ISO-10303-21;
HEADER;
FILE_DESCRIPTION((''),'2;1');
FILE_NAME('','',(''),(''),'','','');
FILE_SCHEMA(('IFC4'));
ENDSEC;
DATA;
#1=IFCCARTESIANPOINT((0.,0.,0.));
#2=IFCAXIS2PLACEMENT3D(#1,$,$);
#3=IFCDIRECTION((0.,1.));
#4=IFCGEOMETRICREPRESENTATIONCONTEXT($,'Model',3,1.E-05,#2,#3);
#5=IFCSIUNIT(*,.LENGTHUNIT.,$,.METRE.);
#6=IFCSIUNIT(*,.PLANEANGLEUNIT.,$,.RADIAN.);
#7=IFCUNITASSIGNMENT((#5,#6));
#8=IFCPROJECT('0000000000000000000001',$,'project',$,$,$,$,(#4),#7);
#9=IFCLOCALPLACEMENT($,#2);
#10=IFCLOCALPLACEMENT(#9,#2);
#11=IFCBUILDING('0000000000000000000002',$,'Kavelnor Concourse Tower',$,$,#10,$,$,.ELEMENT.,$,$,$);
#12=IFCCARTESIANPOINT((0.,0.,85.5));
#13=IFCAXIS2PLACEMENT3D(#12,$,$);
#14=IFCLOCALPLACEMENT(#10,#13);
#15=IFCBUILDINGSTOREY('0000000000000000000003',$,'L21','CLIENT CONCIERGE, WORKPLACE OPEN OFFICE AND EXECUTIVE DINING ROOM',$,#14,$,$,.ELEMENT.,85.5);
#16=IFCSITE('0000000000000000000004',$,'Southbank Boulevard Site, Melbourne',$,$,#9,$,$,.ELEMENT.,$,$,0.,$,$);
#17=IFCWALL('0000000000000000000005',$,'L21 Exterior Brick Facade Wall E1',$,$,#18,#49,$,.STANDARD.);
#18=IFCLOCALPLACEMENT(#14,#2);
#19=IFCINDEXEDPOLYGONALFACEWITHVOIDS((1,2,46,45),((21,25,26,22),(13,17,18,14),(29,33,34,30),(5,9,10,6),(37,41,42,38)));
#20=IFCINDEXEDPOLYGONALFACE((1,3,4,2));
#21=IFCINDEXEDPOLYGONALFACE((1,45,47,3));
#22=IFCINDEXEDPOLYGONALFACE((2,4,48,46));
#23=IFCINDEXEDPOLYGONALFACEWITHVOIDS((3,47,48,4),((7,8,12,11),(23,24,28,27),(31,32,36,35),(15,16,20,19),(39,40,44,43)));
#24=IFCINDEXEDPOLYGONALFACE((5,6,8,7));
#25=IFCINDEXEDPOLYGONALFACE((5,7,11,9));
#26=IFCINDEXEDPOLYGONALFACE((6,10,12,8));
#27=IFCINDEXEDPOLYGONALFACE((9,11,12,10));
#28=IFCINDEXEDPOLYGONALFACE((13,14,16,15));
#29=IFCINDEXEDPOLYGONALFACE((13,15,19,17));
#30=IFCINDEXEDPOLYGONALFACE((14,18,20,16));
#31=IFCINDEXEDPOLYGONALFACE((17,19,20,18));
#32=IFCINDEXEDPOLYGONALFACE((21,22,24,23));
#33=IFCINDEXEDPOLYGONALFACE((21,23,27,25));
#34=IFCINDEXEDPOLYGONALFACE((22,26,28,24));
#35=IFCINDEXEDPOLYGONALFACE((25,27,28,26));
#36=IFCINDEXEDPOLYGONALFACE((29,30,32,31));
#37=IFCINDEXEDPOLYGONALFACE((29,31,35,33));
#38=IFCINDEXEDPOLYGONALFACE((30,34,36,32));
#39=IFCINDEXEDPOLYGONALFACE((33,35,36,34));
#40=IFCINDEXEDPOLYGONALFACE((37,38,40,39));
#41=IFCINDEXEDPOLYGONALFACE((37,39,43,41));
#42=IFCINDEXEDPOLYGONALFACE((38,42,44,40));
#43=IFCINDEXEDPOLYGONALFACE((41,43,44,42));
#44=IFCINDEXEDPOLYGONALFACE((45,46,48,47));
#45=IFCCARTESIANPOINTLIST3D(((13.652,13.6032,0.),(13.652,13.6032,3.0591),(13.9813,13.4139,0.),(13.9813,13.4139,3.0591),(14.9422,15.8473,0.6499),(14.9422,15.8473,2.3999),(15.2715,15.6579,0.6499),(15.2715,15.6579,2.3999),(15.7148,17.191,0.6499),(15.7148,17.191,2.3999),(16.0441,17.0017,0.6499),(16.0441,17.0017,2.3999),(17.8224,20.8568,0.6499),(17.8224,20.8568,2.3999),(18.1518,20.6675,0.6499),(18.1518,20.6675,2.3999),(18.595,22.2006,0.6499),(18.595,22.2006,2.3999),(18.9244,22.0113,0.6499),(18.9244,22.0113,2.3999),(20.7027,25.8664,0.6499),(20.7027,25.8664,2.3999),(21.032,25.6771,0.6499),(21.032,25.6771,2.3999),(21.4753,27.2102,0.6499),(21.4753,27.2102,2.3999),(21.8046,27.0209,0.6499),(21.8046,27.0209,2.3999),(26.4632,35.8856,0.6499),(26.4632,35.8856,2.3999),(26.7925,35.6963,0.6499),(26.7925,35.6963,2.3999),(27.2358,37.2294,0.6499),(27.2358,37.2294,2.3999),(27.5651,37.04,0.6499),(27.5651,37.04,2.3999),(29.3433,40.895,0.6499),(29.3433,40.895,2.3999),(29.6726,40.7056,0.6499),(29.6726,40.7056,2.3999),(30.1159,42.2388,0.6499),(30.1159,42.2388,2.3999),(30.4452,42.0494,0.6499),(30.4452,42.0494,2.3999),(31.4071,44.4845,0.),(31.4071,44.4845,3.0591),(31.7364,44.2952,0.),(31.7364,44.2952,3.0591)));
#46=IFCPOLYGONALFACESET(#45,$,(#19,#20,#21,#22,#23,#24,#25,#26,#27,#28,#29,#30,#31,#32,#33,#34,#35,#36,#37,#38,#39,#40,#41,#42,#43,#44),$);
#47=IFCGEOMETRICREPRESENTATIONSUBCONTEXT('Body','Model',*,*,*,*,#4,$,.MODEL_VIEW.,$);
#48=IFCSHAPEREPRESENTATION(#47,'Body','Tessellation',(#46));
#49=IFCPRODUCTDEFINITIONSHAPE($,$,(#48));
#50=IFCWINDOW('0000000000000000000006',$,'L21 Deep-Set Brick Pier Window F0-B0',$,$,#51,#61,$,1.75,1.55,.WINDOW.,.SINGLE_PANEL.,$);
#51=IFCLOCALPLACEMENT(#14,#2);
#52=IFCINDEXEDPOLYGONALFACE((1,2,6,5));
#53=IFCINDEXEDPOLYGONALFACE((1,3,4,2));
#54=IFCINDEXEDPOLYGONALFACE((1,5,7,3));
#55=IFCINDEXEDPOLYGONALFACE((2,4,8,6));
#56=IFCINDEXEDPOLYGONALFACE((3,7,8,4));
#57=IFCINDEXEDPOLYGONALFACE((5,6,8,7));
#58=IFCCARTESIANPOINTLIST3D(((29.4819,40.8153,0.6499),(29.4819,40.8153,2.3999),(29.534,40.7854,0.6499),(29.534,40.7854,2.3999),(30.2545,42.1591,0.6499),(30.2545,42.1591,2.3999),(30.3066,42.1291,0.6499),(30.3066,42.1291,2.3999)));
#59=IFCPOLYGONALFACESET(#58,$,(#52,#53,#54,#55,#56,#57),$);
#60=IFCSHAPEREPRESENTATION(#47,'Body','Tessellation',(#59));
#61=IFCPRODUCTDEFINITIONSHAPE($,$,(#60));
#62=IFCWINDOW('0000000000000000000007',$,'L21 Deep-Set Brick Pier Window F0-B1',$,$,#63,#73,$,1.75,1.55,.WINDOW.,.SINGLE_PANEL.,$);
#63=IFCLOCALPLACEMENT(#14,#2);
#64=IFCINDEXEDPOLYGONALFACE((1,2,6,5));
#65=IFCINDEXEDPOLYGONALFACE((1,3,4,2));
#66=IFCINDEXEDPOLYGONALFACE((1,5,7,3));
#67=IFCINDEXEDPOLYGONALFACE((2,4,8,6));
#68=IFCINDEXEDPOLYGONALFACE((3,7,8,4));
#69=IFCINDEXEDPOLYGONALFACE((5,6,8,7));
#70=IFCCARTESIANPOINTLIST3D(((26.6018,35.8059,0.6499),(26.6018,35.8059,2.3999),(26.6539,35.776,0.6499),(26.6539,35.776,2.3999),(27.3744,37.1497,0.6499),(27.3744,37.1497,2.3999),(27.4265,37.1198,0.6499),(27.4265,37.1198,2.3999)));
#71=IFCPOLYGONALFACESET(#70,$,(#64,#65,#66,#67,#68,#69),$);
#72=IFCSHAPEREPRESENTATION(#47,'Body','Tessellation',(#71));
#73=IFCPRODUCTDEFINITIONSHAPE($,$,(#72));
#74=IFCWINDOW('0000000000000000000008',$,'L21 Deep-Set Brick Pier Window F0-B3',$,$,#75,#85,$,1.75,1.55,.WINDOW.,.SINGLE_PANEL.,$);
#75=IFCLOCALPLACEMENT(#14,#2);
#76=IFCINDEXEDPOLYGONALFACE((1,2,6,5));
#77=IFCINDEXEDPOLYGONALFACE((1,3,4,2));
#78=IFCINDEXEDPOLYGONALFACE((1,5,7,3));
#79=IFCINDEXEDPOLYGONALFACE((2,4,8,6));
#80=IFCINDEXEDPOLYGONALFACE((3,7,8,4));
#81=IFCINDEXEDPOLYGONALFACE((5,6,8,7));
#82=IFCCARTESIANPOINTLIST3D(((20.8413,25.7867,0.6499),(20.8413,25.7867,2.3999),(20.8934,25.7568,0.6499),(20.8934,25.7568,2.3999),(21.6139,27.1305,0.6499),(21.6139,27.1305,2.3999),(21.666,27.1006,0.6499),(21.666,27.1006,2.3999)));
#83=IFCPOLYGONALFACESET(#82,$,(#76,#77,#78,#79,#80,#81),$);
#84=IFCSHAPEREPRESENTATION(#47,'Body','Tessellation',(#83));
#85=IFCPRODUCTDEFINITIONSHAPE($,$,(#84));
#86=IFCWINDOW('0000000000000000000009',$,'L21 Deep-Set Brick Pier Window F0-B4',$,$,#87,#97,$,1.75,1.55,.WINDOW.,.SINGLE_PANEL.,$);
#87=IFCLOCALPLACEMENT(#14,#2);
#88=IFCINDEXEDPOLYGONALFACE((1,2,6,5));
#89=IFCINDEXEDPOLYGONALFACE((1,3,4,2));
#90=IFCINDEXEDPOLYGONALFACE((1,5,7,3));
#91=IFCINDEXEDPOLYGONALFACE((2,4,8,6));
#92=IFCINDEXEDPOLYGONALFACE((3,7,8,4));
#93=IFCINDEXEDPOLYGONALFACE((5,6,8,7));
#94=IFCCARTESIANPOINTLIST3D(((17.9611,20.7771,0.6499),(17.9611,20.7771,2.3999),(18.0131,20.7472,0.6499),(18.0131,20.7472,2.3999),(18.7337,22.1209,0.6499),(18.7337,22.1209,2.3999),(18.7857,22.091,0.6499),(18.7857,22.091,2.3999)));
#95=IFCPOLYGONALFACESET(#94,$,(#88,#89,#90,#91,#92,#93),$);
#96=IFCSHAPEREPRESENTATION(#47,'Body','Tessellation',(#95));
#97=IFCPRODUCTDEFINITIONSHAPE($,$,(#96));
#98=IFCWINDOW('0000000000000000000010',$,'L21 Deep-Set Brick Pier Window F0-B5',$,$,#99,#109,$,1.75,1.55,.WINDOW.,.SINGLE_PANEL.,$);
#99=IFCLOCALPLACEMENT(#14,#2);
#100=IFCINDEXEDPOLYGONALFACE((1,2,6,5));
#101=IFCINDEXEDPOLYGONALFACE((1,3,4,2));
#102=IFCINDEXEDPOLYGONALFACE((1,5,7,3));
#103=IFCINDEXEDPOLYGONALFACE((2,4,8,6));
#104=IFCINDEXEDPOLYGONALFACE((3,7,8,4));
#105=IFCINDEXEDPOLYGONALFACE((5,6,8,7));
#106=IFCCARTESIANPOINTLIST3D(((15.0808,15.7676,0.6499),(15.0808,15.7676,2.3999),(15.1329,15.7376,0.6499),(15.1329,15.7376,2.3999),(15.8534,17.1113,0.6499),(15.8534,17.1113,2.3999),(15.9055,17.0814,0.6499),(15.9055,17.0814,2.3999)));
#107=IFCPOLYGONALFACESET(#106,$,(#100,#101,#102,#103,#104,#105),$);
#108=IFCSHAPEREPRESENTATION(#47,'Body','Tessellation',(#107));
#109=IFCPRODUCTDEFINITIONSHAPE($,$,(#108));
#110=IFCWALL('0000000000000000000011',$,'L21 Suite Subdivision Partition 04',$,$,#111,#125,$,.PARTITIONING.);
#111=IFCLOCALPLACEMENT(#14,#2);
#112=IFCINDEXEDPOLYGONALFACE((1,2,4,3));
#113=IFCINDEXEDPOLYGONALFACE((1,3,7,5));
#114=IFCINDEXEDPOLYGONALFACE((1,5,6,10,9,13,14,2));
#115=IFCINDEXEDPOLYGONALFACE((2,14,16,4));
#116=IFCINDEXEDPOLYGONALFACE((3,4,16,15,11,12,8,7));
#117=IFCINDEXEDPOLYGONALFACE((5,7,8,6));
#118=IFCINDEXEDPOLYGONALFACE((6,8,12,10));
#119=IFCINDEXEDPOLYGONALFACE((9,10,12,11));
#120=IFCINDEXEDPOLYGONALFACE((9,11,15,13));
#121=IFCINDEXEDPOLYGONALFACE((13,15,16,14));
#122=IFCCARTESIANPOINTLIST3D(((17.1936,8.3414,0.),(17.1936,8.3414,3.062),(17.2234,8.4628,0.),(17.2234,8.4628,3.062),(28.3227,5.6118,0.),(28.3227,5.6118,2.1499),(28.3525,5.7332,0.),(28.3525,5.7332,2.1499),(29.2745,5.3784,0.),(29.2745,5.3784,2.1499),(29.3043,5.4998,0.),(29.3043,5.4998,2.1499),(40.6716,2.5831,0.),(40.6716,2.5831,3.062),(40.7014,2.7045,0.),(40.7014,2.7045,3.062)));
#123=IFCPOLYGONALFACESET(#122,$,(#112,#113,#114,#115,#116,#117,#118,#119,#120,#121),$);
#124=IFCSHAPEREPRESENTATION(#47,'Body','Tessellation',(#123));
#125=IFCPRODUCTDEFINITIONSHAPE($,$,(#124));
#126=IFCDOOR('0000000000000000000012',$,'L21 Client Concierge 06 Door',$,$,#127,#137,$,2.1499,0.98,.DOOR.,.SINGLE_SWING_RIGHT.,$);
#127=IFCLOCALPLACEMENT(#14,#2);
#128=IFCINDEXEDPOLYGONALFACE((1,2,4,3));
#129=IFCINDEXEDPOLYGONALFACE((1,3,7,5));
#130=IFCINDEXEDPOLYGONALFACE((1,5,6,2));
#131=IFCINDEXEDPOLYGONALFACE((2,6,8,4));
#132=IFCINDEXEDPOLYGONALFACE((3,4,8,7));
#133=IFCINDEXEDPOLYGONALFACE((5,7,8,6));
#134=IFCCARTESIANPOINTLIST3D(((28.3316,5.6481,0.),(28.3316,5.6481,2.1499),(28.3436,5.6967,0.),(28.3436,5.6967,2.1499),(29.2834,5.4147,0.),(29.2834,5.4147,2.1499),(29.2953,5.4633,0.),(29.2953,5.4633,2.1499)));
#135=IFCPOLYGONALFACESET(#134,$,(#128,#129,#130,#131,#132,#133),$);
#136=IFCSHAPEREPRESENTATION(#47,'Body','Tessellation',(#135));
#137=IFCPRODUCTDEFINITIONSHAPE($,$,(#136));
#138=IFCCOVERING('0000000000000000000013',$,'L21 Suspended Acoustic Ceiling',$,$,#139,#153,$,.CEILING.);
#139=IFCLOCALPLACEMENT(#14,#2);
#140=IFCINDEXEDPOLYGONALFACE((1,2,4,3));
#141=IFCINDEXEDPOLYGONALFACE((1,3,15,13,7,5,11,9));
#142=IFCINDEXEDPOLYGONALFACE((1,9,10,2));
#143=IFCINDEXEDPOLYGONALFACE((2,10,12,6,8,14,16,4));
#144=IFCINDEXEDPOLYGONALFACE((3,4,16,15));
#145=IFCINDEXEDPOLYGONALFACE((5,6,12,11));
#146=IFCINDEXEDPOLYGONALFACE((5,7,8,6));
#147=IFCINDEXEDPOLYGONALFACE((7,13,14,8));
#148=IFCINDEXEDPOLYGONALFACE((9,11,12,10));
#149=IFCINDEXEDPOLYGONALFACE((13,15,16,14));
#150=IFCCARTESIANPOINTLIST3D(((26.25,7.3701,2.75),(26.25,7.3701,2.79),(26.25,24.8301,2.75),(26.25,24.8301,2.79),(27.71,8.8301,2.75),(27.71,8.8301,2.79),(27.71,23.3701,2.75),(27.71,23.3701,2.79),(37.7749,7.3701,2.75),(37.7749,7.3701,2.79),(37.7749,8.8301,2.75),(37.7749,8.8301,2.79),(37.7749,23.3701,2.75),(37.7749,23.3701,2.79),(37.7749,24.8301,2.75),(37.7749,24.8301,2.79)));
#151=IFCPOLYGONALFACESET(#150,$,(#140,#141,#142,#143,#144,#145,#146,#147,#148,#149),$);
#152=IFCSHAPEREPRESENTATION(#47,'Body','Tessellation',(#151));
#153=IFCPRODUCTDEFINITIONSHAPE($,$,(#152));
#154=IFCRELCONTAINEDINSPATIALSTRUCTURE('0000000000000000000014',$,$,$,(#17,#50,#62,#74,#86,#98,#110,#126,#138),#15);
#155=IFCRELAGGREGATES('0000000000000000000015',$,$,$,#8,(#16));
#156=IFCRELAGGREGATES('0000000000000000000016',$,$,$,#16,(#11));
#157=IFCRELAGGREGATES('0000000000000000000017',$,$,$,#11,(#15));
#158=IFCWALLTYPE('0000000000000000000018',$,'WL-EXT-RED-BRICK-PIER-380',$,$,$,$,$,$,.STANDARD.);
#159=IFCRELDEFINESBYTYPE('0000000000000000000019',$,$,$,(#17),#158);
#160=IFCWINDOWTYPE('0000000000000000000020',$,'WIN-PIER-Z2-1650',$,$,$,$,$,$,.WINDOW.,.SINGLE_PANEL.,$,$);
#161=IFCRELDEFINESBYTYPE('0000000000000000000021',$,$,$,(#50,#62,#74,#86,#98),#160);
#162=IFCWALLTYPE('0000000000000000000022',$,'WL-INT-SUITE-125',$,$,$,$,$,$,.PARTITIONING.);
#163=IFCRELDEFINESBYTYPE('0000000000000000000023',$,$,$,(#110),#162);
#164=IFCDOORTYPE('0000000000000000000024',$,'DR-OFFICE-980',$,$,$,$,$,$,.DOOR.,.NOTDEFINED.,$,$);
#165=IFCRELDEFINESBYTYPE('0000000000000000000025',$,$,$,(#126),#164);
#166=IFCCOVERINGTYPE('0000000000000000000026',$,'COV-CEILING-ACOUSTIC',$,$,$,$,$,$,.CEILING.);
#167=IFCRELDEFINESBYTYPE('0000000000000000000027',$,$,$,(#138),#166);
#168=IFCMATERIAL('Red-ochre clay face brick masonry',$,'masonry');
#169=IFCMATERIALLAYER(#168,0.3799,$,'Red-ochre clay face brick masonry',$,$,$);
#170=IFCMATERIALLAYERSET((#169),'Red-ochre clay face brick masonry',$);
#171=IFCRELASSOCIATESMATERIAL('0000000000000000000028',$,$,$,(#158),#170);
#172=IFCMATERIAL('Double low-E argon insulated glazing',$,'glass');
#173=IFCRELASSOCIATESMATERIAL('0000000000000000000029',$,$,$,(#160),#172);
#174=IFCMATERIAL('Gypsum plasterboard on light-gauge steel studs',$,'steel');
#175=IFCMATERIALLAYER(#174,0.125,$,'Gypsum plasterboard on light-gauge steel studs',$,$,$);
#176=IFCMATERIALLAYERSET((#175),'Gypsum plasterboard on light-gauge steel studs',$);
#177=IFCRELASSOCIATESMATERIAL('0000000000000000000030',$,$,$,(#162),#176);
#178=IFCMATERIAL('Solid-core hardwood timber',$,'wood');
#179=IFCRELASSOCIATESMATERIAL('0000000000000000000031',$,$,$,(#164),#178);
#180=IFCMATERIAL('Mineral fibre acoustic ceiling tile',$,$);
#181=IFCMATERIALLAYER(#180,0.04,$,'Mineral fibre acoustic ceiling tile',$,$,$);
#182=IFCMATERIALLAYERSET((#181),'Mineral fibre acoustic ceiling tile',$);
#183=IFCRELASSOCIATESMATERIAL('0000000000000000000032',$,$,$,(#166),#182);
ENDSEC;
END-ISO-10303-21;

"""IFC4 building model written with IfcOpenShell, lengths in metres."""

from ifc_helpers import new_model, si_unit, direction, frame, frame_2d, origin, place, context, subcontext, project, spatial, polyline, rectangle, outline, extrude, material, layer, layer_set, type_object, element, fill, save


model = new_model("IFC4")

# Units and contexts
model_context = context("Model", 3, precision=1e-05, world=origin(), true_north=direction((0.0, 1.0)))
body_context = subcontext(model_context, "Body", "Model", "MODEL_VIEW")
ifc_project = project(units=[si_unit("LENGTHUNIT", "METRE"), si_unit("PLANEANGLEUNIT", "RADIAN")], contexts=[model_context])

# Site, building, storey
site_placement = place(None, origin())
site = spatial("IfcSite", under=ifc_project, at=site_placement, Name="Southbank Boulevard Site, Melbourne", CompositionType="ELEMENT", RefElevation=0.0)
building_placement = place(site_placement, origin())
building = spatial("IfcBuilding", under=site, at=building_placement, Name="Kavelnor Concourse Tower", CompositionType="ELEMENT")
storey_placement = place(building_placement, frame((0.0, 0.0, 85.5)))
storey = spatial("IfcBuildingStorey", under=building, at=storey_placement, Name="L21", Description="CLIENT CONCIERGE, WORKPLACE OPEN OFFICE AND EXECUTIVE DINING ROOM", CompositionType="ELEMENT", Elevation=85.5)

# Shared definitions
ifc_material_1 = material(Name="Double low-E argon insulated glazing", Category="glass")

# Wall, openings, windows
ifc_material_2 = material(Name="Red-ochre clay face brick masonry", Category="masonry")
ifc_layer_1 = layer(ifc_material_2, 0.3799, Name="Red-ochre clay face brick masonry")
ifc_layer_set_1 = layer_set([ifc_layer_1], Name="Red-ochre clay face brick masonry")
wall_type_1 = type_object("IfcWallType", Name="WL-EXT-RED-BRICK-PIER-380", PredefinedType="STANDARD", material=ifc_layer_set_1)
wall_1_placement = place(storey_placement, frame((13.8167, 13.5085, 0.0), z_axis=(0.0, 0.0, 1.0), x_axis=(0.498436, 0.866926, 0.0)))
wall_1 = element("IfcWall", 1, at=wall_1_placement, inside=storey, type_object=wall_type_1, Name="L21 Exterior Brick Facade Wall E1", PredefinedType="STANDARD", context=body_context, shape_type="SweptSolid", body=[
    extrude(rectangle(XDim=35.6216, YDim=0.3799, at=frame_2d((17.8108, 0.0))), origin(), (0.0, 0.0, 1.0), 3.0591),
])
opening_1_placement = place(wall_1_placement, frame((31.4812, 0.0, 0.6499)))
opening_1 = element("IfcOpeningElement", 2, at=opening_1_placement, cuts=wall_1, PredefinedType="OPENING", context=body_context, shape_type="SweptSolid", body=[
    extrude(rectangle(XDim=1.55, YDim=1.75, at=frame_2d((0.7749, 0.875))), frame((0.0, 0.2, 0.0), z_axis=(0.0, -1.0, 0.0), x_axis=(1.0, 0.0, 0.0)), (0.0, 0.0, 1.0), 0.3999),
])
opening_2_placement = place(wall_1_placement, frame((25.7029, 0.0, 0.6499)))
opening_2 = element("IfcOpeningElement", 3, at=opening_2_placement, cuts=wall_1, PredefinedType="OPENING", context=body_context, shape_type="SweptSolid", body=[
    extrude(rectangle(XDim=1.55, YDim=1.75, at=frame_2d((0.7749, 0.875))), frame((0.0, 0.2, 0.0), z_axis=(0.0, -1.0, 0.0), x_axis=(1.0, 0.0, 0.0)), (0.0, 0.0, 1.0), 0.3999),
])
opening_3_placement = place(wall_1_placement, frame((14.1458, 0.0, 0.6499)))
opening_3 = element("IfcOpeningElement", 4, at=opening_3_placement, cuts=wall_1, PredefinedType="OPENING", context=body_context, shape_type="SweptSolid", body=[
    extrude(rectangle(XDim=1.55, YDim=1.75, at=frame_2d((0.7749, 0.875))), frame((0.0, 0.2, 0.0), z_axis=(0.0, -1.0, 0.0), x_axis=(1.0, 0.0, 0.0)), (0.0, 0.0, 1.0), 0.3999),
])
opening_4_placement = place(wall_1_placement, frame((8.3672, 0.0, 0.6499)))
opening_4 = element("IfcOpeningElement", 5, at=opening_4_placement, cuts=wall_1, PredefinedType="OPENING", context=body_context, shape_type="SweptSolid", body=[
    extrude(rectangle(XDim=1.55, YDim=1.75, at=frame_2d((0.7749, 0.875))), frame((0.0, 0.2, 0.0), z_axis=(0.0, -1.0, 0.0), x_axis=(1.0, 0.0, 0.0)), (0.0, 0.0, 1.0), 0.3999),
])
opening_5_placement = place(wall_1_placement, frame((2.5886, 0.0, 0.6499)))
opening_5 = element("IfcOpeningElement", 6, at=opening_5_placement, cuts=wall_1, PredefinedType="OPENING", context=body_context, shape_type="SweptSolid", body=[
    extrude(rectangle(XDim=1.55, YDim=1.75, at=frame_2d((0.7749, 0.875))), frame((0.0, 0.2, 0.0), z_axis=(0.0, -1.0, 0.0), x_axis=(1.0, 0.0, 0.0)), (0.0, 0.0, 1.0), 0.3999),
])
window_type_1 = type_object("IfcWindowType", Name="WIN-PIER-Z2-1650", PartitioningType="SINGLE_PANEL", PredefinedType="WINDOW", material=ifc_material_1)
window_1_placement = place(opening_1_placement, origin())
window_1 = element("IfcWindow", 7, at=window_1_placement, inside=storey, type_object=window_type_1, Name="L21 Deep-Set Brick Pier Window F0-B0", OverallHeight=1.75, OverallWidth=1.55, PartitioningType="SINGLE_PANEL", PredefinedType="WINDOW", context=body_context, shape_type="SweptSolid", body=[
    extrude(rectangle(XDim=1.55, YDim=1.75, at=frame_2d((0.7749, 0.875))), frame((0.0, 0.03, 0.0), z_axis=(0.0, -1.0, 0.0), x_axis=(1.0, 0.0, 0.0)), (0.0, 0.0, 1.0), 0.0601),
])
fill(opening_1, window_1)
window_2_placement = place(opening_2_placement, origin())
window_2 = element("IfcWindow", 8, at=window_2_placement, inside=storey, type_object=window_type_1, Name="L21 Deep-Set Brick Pier Window F0-B1", OverallHeight=1.75, OverallWidth=1.55, PartitioningType="SINGLE_PANEL", PredefinedType="WINDOW", context=body_context, shape_type="SweptSolid", body=[
    extrude(rectangle(XDim=1.55, YDim=1.75, at=frame_2d((0.7749, 0.875))), frame((0.0, 0.03, 0.0), z_axis=(0.0, -1.0, 0.0), x_axis=(1.0, 0.0, 0.0)), (0.0, 0.0, 1.0), 0.0601),
])
fill(opening_2, window_2)
window_3_placement = place(opening_3_placement, origin())
window_3 = element("IfcWindow", 9, at=window_3_placement, inside=storey, type_object=window_type_1, Name="L21 Deep-Set Brick Pier Window F0-B3", OverallHeight=1.75, OverallWidth=1.55, PartitioningType="SINGLE_PANEL", PredefinedType="WINDOW", context=body_context, shape_type="SweptSolid", body=[
    extrude(rectangle(XDim=1.55, YDim=1.75, at=frame_2d((0.7749, 0.875))), frame((0.0, 0.03, 0.0), z_axis=(0.0, -1.0, 0.0), x_axis=(1.0, 0.0, 0.0)), (0.0, 0.0, 1.0), 0.0601),
])
fill(opening_3, window_3)
window_4_placement = place(opening_4_placement, origin())
window_4 = element("IfcWindow", 10, at=window_4_placement, inside=storey, type_object=window_type_1, Name="L21 Deep-Set Brick Pier Window F0-B4", OverallHeight=1.75, OverallWidth=1.55, PartitioningType="SINGLE_PANEL", PredefinedType="WINDOW", context=body_context, shape_type="SweptSolid", body=[
    extrude(rectangle(XDim=1.55, YDim=1.75, at=frame_2d((0.7749, 0.875))), frame((0.0, 0.03, 0.0), z_axis=(0.0, -1.0, 0.0), x_axis=(1.0, 0.0, 0.0)), (0.0, 0.0, 1.0), 0.0601),
])
fill(opening_4, window_4)
window_5_placement = place(opening_5_placement, origin())
window_5 = element("IfcWindow", 11, at=window_5_placement, inside=storey, type_object=window_type_1, Name="L21 Deep-Set Brick Pier Window F0-B5", OverallHeight=1.75, OverallWidth=1.55, PartitioningType="SINGLE_PANEL", PredefinedType="WINDOW", context=body_context, shape_type="SweptSolid", body=[
    extrude(rectangle(XDim=1.55, YDim=1.75, at=frame_2d((0.7749, 0.875))), frame((0.0, 0.03, 0.0), z_axis=(0.0, -1.0, 0.0), x_axis=(1.0, 0.0, 0.0)), (0.0, 0.0, 1.0), 0.0601),
])
fill(opening_5, window_5)

# Wall, opening, door
ifc_material_3 = material(Name="Gypsum plasterboard on light-gauge steel studs", Category="steel")
ifc_layer_2 = layer(ifc_material_3, 0.125, Name="Gypsum plasterboard on light-gauge steel studs")
ifc_layer_set_2 = layer_set([ifc_layer_2], Name="Gypsum plasterboard on light-gauge steel studs")
wall_type_2 = type_object("IfcWallType", Name="WL-INT-SUITE-125", PredefinedType="PARTITIONING", material=ifc_layer_set_2)
wall_2_placement = place(storey_placement, frame((17.2085, 8.4021, 0.0), z_axis=(0.0, 0.0, 1.0), x_axis=(0.971215, -0.238204, 0.0)))
wall_2 = element("IfcWall", 12, at=wall_2_placement, inside=storey, type_object=wall_type_2, Name="L21 Suite Subdivision Partition 04", PredefinedType="PARTITIONING", context=body_context, shape_type="SweptSolid", body=[
    extrude(rectangle(XDim=24.1738, YDim=0.125, at=frame_2d((12.0869, 0.0))), origin(), (0.0, 0.0, 1.0), 3.062),
])
opening_6_placement = place(wall_2_placement, frame((11.459, 0.0, 0.0)))
opening_6 = element("IfcOpeningElement", 13, at=opening_6_placement, cuts=wall_2, PredefinedType="OPENING", context=body_context, shape_type="SweptSolid", body=[
    extrude(rectangle(XDim=0.98, YDim=2.1499, at=frame_2d((0.49, 1.075))), frame((0.0, 0.0725, 0.0), z_axis=(0.0, -1.0, 0.0), x_axis=(1.0, 0.0, 0.0)), (0.0, 0.0, 1.0), 0.145),
])
ifc_material_4 = material(Name="Solid-core hardwood timber", Category="wood")
door_type = type_object("IfcDoorType", Name="DR-OFFICE-980", OperationType="NOTDEFINED", PredefinedType="DOOR", material=ifc_material_4)
door_placement = place(opening_6_placement, origin())
door = element("IfcDoor", 14, at=door_placement, inside=storey, type_object=door_type, Name="L21 Client Concierge 06 Door", OperationType="SINGLE_SWING_RIGHT", OverallHeight=2.1499, OverallWidth=0.98, PredefinedType="DOOR", context=body_context, shape_type="SweptSolid", body=[
    extrude(rectangle(XDim=0.98, YDim=2.1499, at=frame_2d((0.49, 1.075))), frame((0.0, 0.0249, 0.0), z_axis=(0.0, -1.0, 0.0), x_axis=(1.0, 0.0, 0.0)), (0.0, 0.0, 1.0), 0.05),
])
fill(opening_6, door)

# Covering
ifc_material_5 = material(Name="Mineral fibre acoustic ceiling tile")
ifc_layer_3 = layer(ifc_material_5, 0.04, Name="Mineral fibre acoustic ceiling tile")
ifc_layer_set_3 = layer_set([ifc_layer_3], Name="Mineral fibre acoustic ceiling tile")
covering_type = type_object("IfcCoveringType", Name="COV-CEILING-ACOUSTIC", PredefinedType="CEILING", material=ifc_layer_set_3)
covering_1_placement = place(storey_placement, frame((0.0, 0.0, 2.75)))
element("IfcCovering", 15, at=covering_1_placement, inside=storey, type_object=covering_type, Name="L21 Suspended Acoustic Ceiling", PredefinedType="CEILING", context=body_context, shape_type="SweptSolid", body=[
    extrude(outline(polyline([(26.25, 7.3701), (26.25, 24.8301), (37.7749, 24.8301), (37.7749, 23.3701), (27.71, 23.3701), (27.71, 8.8301), (37.7749, 8.8301), (37.7749, 7.3701), (26.25, 7.3701)])), origin(), (0.0, 0.0, 1.0), 0.04),
])

save(model, "model.ifc")
